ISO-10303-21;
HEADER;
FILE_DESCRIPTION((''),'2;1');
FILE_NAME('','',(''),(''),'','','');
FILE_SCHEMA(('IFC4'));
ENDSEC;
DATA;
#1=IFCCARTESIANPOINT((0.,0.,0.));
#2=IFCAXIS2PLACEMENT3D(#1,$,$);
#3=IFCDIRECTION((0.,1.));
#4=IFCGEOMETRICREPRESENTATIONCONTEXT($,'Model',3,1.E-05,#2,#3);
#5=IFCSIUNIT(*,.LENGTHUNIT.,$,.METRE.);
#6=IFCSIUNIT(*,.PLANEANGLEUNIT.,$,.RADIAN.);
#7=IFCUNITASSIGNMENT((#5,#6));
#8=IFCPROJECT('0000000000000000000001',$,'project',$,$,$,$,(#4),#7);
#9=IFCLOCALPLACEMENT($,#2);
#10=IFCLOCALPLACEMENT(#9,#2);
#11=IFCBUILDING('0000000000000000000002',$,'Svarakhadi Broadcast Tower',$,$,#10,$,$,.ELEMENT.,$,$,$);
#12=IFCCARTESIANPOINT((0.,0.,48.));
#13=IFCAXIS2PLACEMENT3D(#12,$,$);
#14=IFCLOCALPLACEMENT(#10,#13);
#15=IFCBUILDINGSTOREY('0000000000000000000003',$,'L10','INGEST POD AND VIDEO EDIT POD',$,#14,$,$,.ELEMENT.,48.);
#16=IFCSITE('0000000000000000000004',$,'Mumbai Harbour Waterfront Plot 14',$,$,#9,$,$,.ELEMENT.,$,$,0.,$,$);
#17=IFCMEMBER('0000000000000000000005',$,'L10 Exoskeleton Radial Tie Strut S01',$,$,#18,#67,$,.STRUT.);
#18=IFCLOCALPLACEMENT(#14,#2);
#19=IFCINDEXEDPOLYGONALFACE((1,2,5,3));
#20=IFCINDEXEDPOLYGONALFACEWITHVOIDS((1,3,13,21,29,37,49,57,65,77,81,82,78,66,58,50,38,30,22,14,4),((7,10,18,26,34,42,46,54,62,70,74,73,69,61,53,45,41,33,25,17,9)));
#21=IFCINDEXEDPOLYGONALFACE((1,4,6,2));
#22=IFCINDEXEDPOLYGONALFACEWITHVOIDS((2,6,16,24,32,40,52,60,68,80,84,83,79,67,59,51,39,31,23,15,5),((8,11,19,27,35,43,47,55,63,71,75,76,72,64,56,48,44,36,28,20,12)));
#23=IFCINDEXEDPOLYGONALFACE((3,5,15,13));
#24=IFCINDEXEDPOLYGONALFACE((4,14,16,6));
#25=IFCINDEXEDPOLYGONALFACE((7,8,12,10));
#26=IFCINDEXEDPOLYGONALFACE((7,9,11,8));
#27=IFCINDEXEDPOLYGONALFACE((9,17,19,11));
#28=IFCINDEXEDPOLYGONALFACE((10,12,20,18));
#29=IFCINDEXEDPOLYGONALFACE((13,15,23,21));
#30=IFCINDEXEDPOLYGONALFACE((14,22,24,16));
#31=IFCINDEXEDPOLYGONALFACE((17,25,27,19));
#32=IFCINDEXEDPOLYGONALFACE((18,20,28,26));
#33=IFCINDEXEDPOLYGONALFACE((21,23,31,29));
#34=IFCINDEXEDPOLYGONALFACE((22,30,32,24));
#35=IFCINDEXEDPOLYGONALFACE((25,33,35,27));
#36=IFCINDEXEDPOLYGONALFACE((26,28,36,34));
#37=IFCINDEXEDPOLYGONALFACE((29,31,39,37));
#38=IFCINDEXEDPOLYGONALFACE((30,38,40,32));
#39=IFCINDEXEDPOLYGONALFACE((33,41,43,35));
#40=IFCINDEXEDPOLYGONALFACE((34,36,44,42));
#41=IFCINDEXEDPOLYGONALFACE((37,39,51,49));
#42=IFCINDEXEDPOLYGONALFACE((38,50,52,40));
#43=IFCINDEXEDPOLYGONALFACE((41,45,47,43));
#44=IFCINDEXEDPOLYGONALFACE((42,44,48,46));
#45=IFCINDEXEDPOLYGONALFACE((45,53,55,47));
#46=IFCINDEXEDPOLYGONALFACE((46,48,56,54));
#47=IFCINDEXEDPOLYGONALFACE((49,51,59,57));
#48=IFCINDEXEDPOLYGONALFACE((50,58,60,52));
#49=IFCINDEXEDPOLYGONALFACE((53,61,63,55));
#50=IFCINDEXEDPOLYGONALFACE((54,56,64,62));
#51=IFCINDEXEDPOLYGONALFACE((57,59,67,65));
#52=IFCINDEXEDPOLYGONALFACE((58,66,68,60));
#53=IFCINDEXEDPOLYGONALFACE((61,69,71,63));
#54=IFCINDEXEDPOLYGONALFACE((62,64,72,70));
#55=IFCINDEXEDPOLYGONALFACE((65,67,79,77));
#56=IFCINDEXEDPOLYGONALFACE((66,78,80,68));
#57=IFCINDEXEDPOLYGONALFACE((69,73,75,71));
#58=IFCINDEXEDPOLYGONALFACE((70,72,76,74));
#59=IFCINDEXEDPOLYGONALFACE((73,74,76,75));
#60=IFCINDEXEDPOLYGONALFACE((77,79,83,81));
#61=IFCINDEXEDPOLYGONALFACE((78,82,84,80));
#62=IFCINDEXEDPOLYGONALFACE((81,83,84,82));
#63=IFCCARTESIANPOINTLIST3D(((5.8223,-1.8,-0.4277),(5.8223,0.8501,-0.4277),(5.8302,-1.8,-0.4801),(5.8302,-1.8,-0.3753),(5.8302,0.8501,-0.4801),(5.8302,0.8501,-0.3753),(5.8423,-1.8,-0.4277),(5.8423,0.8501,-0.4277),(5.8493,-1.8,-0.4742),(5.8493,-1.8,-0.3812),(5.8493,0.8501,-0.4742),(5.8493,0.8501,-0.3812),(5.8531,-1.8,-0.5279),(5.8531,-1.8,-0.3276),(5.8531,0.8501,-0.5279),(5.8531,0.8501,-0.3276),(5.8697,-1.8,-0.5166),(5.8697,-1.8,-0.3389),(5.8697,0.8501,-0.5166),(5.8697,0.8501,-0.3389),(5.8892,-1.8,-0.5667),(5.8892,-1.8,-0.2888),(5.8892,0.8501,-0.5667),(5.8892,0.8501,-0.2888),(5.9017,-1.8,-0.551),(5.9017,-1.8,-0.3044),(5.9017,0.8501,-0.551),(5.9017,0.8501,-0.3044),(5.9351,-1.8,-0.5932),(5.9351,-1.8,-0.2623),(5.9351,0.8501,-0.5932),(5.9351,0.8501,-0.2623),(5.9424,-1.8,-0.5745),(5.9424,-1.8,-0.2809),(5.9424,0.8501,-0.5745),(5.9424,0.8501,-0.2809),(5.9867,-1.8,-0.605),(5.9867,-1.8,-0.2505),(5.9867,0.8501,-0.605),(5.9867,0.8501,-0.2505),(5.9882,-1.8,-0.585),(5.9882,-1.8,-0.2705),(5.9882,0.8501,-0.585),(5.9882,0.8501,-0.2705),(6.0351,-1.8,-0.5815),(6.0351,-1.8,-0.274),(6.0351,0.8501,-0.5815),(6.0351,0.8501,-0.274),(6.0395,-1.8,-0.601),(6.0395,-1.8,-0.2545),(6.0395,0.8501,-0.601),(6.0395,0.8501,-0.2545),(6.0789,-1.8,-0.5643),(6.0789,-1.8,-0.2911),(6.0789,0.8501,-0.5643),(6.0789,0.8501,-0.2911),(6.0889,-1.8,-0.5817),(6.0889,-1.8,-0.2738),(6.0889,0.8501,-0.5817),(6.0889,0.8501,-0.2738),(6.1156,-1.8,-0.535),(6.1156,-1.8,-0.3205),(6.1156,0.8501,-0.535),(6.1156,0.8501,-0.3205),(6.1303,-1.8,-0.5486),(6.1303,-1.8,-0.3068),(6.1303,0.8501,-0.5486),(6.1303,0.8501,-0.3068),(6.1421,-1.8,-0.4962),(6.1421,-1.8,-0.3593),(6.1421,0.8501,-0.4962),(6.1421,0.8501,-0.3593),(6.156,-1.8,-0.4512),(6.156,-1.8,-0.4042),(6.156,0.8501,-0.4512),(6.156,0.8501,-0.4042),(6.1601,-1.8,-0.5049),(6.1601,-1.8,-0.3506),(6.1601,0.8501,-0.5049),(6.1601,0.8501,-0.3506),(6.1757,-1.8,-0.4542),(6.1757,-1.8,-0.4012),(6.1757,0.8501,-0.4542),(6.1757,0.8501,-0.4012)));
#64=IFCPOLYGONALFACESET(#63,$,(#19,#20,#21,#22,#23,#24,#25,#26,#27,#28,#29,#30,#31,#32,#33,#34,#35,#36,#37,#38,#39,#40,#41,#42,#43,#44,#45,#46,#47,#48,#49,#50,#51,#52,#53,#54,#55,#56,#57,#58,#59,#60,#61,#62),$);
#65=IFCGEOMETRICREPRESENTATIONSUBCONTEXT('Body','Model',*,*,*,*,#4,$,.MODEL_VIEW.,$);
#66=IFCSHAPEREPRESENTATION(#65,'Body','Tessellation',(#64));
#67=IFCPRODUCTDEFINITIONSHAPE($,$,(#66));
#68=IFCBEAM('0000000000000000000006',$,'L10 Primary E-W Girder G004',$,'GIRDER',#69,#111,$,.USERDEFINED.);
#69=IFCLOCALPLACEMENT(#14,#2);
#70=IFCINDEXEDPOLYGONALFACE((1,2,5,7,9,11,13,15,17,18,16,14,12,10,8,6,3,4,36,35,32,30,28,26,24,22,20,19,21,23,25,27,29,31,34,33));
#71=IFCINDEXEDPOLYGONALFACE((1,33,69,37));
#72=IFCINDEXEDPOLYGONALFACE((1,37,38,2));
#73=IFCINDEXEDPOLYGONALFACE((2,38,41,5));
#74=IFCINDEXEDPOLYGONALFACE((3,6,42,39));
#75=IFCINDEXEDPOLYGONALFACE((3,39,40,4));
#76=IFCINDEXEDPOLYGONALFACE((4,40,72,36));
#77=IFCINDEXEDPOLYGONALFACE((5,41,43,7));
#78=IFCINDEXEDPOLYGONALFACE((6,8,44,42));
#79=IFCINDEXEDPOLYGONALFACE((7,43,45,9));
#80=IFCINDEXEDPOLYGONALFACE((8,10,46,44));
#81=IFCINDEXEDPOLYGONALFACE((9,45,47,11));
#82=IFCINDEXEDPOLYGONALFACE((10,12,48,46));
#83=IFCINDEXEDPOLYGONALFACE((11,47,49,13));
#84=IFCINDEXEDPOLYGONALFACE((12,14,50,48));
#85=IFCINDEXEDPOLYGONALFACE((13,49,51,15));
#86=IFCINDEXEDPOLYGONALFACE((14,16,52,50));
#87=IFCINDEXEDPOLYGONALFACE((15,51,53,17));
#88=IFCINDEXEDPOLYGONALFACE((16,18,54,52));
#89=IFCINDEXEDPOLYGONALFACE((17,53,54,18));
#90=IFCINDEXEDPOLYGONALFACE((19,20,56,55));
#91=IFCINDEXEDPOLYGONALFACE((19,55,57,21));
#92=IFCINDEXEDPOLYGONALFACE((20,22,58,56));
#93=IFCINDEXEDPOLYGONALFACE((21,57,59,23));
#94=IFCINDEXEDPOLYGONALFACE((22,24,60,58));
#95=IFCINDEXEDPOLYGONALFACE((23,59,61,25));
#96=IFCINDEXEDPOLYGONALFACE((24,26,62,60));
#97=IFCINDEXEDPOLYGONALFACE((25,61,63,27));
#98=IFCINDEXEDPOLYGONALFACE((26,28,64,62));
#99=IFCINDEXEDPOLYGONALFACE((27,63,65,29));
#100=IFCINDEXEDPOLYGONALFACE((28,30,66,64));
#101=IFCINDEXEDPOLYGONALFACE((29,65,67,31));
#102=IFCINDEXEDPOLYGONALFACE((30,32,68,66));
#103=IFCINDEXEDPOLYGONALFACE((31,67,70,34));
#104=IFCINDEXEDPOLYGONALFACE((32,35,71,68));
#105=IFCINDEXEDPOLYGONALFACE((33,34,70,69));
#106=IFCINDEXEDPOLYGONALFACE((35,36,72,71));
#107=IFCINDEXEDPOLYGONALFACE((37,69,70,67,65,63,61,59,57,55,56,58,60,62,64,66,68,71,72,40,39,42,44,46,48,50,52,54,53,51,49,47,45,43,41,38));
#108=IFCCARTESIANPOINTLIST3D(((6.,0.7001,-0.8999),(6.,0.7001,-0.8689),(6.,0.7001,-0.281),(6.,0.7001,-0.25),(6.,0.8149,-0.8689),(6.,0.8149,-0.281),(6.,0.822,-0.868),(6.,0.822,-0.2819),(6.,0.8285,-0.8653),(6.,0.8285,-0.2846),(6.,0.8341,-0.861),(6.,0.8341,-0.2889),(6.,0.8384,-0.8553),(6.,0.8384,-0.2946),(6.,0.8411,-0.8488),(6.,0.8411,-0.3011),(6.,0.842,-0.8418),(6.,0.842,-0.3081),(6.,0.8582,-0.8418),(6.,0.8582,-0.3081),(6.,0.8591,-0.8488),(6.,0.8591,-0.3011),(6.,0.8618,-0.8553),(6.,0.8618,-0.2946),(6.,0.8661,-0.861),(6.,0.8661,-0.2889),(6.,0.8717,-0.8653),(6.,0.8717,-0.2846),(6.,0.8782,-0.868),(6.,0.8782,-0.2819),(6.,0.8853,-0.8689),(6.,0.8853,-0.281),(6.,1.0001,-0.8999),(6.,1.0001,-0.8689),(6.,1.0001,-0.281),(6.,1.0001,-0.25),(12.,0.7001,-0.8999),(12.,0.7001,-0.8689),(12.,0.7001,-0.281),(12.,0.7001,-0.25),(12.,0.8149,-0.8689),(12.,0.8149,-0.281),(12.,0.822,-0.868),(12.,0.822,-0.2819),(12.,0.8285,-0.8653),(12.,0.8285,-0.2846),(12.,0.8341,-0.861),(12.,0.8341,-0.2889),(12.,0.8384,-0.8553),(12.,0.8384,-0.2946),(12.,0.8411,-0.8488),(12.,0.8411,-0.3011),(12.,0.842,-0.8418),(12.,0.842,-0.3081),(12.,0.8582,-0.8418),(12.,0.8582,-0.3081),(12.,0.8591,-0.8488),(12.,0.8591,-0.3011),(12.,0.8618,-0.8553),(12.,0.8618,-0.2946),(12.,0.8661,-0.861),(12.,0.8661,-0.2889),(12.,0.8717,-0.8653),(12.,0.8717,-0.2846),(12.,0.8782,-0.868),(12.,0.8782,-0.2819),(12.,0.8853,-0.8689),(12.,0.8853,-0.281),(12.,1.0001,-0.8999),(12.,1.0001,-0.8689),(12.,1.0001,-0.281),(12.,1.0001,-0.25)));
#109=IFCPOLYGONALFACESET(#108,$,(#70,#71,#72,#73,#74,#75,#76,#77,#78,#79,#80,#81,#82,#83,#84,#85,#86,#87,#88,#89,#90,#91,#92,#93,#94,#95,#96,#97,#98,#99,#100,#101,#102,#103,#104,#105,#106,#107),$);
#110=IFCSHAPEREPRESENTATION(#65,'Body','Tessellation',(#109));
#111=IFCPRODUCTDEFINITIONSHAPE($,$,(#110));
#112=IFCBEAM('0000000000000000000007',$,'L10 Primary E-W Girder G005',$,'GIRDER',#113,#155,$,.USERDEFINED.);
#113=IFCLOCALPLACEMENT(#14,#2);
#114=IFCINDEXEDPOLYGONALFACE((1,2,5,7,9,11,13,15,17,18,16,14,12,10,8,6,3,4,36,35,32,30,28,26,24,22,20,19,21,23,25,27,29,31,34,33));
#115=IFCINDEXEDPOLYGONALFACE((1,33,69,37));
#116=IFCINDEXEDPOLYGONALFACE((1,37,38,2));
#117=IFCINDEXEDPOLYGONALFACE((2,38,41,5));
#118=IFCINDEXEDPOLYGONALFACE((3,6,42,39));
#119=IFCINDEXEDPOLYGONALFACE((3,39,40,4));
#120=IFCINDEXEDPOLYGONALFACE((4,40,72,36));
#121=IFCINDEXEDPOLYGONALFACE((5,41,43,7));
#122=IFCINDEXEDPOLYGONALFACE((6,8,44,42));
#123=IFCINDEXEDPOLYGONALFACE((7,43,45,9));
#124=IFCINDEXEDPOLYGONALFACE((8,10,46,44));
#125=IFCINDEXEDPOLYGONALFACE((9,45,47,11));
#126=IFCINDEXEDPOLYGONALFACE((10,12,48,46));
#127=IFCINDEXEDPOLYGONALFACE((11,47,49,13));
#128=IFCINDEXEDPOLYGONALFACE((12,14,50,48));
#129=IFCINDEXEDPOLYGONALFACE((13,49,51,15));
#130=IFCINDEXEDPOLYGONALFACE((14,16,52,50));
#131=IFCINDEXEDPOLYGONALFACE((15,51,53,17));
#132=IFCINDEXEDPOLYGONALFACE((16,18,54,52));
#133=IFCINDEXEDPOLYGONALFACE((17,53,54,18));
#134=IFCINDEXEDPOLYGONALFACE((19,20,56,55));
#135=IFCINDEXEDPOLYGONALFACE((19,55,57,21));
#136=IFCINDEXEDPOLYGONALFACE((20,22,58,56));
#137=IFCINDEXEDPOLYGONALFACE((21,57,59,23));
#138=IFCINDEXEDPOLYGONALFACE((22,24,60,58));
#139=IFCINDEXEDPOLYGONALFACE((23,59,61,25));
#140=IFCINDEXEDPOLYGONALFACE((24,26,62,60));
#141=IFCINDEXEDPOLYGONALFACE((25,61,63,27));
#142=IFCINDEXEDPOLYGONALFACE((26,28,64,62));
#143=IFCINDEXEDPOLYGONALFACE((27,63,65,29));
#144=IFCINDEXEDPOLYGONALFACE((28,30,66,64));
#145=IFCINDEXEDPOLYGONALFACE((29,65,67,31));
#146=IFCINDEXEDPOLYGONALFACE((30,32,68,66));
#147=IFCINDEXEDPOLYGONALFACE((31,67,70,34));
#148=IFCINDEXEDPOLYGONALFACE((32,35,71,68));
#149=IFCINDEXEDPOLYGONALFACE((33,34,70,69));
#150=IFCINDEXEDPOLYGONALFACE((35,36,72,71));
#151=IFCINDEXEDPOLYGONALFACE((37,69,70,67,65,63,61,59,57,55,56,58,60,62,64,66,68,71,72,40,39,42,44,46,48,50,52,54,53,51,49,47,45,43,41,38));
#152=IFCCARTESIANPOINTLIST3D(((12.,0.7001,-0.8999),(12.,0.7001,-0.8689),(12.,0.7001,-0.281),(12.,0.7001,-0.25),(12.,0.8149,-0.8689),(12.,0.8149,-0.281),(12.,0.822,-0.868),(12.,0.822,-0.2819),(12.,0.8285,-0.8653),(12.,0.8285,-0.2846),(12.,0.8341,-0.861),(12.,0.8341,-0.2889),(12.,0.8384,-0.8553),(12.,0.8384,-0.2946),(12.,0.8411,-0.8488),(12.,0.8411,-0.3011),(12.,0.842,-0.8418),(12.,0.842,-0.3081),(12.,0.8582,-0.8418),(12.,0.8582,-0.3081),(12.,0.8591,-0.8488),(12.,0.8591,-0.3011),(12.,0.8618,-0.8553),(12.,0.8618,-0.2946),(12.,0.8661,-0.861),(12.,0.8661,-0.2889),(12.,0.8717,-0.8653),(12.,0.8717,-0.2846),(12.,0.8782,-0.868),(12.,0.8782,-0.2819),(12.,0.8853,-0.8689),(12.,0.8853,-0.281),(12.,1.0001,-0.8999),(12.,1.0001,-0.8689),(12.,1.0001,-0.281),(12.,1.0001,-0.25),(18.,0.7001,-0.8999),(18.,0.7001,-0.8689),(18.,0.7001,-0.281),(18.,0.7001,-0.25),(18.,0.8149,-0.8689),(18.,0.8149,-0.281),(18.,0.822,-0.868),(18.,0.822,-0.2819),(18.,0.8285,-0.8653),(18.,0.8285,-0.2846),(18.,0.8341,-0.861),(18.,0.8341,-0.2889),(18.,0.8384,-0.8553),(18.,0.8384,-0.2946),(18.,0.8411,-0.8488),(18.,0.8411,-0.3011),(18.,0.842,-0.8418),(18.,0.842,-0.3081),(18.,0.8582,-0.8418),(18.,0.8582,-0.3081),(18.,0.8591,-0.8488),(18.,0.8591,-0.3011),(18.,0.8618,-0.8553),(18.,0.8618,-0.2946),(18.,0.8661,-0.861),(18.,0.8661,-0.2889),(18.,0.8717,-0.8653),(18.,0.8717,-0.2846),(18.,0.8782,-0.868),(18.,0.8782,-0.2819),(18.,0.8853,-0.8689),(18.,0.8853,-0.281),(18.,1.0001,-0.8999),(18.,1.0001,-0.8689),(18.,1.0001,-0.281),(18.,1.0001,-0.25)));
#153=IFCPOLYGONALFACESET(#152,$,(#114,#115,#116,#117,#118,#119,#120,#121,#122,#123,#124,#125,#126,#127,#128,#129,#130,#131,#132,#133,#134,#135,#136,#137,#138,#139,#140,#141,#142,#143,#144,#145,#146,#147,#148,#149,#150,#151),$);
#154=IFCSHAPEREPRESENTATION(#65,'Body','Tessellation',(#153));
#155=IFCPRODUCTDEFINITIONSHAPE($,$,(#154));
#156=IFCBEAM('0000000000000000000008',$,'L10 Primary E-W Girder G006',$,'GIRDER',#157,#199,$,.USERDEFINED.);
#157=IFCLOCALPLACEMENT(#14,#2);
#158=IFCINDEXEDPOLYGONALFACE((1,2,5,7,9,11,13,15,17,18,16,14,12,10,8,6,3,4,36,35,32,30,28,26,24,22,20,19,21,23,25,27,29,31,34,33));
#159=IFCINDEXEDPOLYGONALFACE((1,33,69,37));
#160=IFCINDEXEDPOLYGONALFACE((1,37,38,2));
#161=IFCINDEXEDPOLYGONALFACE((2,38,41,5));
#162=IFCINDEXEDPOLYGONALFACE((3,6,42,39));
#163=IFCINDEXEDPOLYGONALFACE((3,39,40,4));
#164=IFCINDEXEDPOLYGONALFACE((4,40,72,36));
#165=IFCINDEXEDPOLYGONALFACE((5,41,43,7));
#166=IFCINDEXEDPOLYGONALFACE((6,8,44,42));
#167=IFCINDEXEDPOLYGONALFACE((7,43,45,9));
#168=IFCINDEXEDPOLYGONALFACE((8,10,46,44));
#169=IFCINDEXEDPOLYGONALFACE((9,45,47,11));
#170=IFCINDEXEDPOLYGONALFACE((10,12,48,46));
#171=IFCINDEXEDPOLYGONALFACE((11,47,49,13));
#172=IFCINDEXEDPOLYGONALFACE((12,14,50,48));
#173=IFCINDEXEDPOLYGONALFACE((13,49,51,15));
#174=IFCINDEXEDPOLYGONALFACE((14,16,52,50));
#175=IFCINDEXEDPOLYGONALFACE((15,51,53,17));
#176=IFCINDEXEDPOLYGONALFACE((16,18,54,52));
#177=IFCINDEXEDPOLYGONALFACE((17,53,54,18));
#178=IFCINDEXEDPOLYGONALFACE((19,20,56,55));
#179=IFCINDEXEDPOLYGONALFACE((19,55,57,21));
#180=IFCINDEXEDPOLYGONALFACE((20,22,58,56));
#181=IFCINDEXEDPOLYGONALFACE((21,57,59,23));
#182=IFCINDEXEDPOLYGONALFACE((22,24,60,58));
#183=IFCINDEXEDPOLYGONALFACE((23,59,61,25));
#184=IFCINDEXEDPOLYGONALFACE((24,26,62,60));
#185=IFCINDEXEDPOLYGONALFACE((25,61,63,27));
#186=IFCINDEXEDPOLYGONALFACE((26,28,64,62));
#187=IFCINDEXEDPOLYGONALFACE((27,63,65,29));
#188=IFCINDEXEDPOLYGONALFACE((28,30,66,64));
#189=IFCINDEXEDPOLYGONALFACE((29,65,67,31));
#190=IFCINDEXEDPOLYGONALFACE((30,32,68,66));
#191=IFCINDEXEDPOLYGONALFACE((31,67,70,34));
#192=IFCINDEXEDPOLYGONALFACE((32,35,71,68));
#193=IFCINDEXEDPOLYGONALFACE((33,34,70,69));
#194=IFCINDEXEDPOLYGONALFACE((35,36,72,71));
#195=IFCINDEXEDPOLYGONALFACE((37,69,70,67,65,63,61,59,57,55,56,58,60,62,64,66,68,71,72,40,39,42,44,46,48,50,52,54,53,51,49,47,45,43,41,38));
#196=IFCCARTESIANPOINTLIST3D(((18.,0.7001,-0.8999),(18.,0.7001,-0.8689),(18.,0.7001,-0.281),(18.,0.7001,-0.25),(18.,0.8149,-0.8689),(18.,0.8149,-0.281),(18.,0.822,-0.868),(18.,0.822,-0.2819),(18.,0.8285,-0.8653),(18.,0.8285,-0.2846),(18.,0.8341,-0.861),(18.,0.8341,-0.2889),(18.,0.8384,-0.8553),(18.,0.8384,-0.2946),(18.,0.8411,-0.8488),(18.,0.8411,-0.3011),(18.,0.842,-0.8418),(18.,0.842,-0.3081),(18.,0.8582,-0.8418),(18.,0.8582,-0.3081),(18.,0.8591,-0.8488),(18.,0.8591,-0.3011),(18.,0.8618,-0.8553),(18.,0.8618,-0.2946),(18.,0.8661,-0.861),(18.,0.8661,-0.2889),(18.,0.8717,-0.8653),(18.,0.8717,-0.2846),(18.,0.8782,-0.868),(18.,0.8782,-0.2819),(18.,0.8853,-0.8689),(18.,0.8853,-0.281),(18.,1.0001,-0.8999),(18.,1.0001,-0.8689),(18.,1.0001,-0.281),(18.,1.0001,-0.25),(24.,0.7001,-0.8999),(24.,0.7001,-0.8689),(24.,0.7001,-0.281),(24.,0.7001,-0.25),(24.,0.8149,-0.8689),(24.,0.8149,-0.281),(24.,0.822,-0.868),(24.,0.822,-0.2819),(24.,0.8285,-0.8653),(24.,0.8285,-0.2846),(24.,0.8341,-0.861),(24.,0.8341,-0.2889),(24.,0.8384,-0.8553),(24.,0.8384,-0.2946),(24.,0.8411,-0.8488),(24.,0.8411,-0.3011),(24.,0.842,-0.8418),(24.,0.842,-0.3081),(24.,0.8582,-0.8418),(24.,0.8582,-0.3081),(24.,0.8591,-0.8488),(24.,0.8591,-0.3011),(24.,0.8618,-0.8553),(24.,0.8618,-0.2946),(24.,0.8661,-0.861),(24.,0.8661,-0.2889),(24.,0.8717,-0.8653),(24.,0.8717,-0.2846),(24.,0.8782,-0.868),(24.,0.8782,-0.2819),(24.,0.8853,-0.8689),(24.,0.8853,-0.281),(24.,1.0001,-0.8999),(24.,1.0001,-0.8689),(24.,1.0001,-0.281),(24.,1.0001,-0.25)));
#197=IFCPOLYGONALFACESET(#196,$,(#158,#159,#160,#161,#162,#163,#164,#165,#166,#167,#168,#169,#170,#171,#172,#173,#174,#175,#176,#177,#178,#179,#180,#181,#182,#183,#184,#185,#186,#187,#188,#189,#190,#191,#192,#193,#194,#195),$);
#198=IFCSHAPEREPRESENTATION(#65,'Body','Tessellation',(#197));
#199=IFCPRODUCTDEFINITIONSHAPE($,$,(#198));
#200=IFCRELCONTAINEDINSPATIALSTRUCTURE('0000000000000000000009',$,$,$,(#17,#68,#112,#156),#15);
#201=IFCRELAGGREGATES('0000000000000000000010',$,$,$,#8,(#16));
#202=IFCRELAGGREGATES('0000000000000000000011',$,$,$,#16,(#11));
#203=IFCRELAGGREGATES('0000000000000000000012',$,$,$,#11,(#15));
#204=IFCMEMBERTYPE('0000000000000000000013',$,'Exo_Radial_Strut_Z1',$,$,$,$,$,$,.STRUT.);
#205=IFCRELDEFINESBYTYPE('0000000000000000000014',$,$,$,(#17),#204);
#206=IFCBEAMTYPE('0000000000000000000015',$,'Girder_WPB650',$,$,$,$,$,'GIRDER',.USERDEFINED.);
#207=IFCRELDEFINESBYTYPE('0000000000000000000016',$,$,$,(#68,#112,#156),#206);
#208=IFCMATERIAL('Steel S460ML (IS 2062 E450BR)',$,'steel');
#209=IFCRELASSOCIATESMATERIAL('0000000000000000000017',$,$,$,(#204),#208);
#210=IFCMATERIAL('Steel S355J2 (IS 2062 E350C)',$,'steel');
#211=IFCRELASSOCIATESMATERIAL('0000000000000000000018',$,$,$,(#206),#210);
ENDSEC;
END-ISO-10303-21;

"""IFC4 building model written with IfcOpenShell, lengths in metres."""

from ifc_helpers import new_model, si_unit, direction, frame, origin, origin_2d, place, context, subcontext, project, spatial, hollow_circle, i_section, extrude, material, material_profile, profile_set, type_object, element, save


model = new_model("IFC4")

# Units and contexts
model_context = context("Model", 3, precision=1e-05, world=origin(), true_north=direction((0.0, 1.0)))
body_context = subcontext(model_context, "Body", "Model", "MODEL_VIEW")
ifc_project = project(units=[si_unit("LENGTHUNIT", "METRE"), si_unit("PLANEANGLEUNIT", "RADIAN")], contexts=[model_context])

# Site, building, storey
site_placement = place(None, origin())
site = spatial("IfcSite", under=ifc_project, at=site_placement, Name="Mumbai Harbour Waterfront Plot 14", CompositionType="ELEMENT", RefElevation=0.0)
building_placement = place(site_placement, origin())
building = spatial("IfcBuilding", under=site, at=building_placement, Name="Svarakhadi Broadcast Tower", CompositionType="ELEMENT")
storey_placement = place(building_placement, frame((0.0, 0.0, 48.0)))
storey = spatial("IfcBuildingStorey", under=building, at=storey_placement, Name="L10", Description="INGEST POD AND VIDEO EDIT POD", CompositionType="ELEMENT", Elevation=48.0)

# Shared definitions
ifc_material_1 = material(Name="Steel S460ML (IS 2062 E450BR)", Category="steel")

# Shared definitions
ifc_material_2 = material(Name="Steel S355J2 (IS 2062 E350C)", Category="steel")

# Member
ifc_material_profile_1 = material_profile(ifc_material_1, hollow_circle(Radius=0.1777, WallThickness=0.02, at=origin_2d()), Name="CHS 355.6x20")
ifc_profile_set_1 = profile_set([ifc_material_profile_1], Name="Steel S460ML (IS 2062 E450BR)")
member_type_1 = type_object("IfcMemberType", Name="Exo_Radial_Strut_Z1", PredefinedType="STRUT", material=ifc_profile_set_1)
member_1_placement = place(storey_placement, frame((6.0, -1.8, -0.4277), z_axis=(0.0, 1.0, 0.0), x_axis=(-1.0, 0.0, 0.0)))
element("IfcMember", 1, at=member_1_placement, inside=storey, type_object=member_type_1, Name="L10 Exoskeleton Radial Tie Strut S01", PredefinedType="STRUT", context=body_context, shape_type="SweptSolid", body=[
    extrude(hollow_circle(Radius=0.1777, WallThickness=0.02, at=origin_2d()), origin(), (0.0, 0.0, 1.0), 2.6501),
])

# Beams
ifc_material_profile_2 = material_profile(ifc_material_2, i_section(OverallWidth=0.3, OverallDepth=0.6499, WebThickness=0.0161, FlangeThickness=0.031, FilletRadius=0.0271, at=origin_2d()), Name="WPB 650x300x225")
ifc_profile_set_2 = profile_set([ifc_material_profile_2], Name="Steel S355J2 (IS 2062 E350C)")
beam_type_1 = type_object("IfcBeamType", Name="Girder_WPB650", ElementType="GIRDER", PredefinedType="USERDEFINED", material=ifc_profile_set_2)
for number, where, z_axis, x_axis, name in (
    (2, (6.0, 0.8501, -0.575), (1.0, 0.0, 0.0), (0.0, 1.0, 0.0), "L10 Primary E-W Girder G004"),
    (3, (12.0, 0.8501, -0.575), (1.0, 0.0, 0.0), (0.0, 1.0, 0.0), "L10 Primary E-W Girder G005"),
    (4, (18.0, 0.8501, -0.575), (1.0, 0.0, 0.0), (0.0, 1.0, 0.0), "L10 Primary E-W Girder G006"),
):
    element("IfcBeam", number, at=place(storey_placement, frame(where, z_axis=z_axis, x_axis=x_axis)), inside=storey, type_object=beam_type_1, Name=name, ObjectType="GIRDER", PredefinedType="USERDEFINED", context=body_context, shape_type="SweptSolid", body=[
        extrude(i_section(OverallWidth=0.3, OverallDepth=0.6499, WebThickness=0.0161, FlangeThickness=0.031, FilletRadius=0.0271, at=origin_2d()), origin(), (0.0, 0.0, 1.0), 6.0),
    ])

save(model, "model.ifc")
